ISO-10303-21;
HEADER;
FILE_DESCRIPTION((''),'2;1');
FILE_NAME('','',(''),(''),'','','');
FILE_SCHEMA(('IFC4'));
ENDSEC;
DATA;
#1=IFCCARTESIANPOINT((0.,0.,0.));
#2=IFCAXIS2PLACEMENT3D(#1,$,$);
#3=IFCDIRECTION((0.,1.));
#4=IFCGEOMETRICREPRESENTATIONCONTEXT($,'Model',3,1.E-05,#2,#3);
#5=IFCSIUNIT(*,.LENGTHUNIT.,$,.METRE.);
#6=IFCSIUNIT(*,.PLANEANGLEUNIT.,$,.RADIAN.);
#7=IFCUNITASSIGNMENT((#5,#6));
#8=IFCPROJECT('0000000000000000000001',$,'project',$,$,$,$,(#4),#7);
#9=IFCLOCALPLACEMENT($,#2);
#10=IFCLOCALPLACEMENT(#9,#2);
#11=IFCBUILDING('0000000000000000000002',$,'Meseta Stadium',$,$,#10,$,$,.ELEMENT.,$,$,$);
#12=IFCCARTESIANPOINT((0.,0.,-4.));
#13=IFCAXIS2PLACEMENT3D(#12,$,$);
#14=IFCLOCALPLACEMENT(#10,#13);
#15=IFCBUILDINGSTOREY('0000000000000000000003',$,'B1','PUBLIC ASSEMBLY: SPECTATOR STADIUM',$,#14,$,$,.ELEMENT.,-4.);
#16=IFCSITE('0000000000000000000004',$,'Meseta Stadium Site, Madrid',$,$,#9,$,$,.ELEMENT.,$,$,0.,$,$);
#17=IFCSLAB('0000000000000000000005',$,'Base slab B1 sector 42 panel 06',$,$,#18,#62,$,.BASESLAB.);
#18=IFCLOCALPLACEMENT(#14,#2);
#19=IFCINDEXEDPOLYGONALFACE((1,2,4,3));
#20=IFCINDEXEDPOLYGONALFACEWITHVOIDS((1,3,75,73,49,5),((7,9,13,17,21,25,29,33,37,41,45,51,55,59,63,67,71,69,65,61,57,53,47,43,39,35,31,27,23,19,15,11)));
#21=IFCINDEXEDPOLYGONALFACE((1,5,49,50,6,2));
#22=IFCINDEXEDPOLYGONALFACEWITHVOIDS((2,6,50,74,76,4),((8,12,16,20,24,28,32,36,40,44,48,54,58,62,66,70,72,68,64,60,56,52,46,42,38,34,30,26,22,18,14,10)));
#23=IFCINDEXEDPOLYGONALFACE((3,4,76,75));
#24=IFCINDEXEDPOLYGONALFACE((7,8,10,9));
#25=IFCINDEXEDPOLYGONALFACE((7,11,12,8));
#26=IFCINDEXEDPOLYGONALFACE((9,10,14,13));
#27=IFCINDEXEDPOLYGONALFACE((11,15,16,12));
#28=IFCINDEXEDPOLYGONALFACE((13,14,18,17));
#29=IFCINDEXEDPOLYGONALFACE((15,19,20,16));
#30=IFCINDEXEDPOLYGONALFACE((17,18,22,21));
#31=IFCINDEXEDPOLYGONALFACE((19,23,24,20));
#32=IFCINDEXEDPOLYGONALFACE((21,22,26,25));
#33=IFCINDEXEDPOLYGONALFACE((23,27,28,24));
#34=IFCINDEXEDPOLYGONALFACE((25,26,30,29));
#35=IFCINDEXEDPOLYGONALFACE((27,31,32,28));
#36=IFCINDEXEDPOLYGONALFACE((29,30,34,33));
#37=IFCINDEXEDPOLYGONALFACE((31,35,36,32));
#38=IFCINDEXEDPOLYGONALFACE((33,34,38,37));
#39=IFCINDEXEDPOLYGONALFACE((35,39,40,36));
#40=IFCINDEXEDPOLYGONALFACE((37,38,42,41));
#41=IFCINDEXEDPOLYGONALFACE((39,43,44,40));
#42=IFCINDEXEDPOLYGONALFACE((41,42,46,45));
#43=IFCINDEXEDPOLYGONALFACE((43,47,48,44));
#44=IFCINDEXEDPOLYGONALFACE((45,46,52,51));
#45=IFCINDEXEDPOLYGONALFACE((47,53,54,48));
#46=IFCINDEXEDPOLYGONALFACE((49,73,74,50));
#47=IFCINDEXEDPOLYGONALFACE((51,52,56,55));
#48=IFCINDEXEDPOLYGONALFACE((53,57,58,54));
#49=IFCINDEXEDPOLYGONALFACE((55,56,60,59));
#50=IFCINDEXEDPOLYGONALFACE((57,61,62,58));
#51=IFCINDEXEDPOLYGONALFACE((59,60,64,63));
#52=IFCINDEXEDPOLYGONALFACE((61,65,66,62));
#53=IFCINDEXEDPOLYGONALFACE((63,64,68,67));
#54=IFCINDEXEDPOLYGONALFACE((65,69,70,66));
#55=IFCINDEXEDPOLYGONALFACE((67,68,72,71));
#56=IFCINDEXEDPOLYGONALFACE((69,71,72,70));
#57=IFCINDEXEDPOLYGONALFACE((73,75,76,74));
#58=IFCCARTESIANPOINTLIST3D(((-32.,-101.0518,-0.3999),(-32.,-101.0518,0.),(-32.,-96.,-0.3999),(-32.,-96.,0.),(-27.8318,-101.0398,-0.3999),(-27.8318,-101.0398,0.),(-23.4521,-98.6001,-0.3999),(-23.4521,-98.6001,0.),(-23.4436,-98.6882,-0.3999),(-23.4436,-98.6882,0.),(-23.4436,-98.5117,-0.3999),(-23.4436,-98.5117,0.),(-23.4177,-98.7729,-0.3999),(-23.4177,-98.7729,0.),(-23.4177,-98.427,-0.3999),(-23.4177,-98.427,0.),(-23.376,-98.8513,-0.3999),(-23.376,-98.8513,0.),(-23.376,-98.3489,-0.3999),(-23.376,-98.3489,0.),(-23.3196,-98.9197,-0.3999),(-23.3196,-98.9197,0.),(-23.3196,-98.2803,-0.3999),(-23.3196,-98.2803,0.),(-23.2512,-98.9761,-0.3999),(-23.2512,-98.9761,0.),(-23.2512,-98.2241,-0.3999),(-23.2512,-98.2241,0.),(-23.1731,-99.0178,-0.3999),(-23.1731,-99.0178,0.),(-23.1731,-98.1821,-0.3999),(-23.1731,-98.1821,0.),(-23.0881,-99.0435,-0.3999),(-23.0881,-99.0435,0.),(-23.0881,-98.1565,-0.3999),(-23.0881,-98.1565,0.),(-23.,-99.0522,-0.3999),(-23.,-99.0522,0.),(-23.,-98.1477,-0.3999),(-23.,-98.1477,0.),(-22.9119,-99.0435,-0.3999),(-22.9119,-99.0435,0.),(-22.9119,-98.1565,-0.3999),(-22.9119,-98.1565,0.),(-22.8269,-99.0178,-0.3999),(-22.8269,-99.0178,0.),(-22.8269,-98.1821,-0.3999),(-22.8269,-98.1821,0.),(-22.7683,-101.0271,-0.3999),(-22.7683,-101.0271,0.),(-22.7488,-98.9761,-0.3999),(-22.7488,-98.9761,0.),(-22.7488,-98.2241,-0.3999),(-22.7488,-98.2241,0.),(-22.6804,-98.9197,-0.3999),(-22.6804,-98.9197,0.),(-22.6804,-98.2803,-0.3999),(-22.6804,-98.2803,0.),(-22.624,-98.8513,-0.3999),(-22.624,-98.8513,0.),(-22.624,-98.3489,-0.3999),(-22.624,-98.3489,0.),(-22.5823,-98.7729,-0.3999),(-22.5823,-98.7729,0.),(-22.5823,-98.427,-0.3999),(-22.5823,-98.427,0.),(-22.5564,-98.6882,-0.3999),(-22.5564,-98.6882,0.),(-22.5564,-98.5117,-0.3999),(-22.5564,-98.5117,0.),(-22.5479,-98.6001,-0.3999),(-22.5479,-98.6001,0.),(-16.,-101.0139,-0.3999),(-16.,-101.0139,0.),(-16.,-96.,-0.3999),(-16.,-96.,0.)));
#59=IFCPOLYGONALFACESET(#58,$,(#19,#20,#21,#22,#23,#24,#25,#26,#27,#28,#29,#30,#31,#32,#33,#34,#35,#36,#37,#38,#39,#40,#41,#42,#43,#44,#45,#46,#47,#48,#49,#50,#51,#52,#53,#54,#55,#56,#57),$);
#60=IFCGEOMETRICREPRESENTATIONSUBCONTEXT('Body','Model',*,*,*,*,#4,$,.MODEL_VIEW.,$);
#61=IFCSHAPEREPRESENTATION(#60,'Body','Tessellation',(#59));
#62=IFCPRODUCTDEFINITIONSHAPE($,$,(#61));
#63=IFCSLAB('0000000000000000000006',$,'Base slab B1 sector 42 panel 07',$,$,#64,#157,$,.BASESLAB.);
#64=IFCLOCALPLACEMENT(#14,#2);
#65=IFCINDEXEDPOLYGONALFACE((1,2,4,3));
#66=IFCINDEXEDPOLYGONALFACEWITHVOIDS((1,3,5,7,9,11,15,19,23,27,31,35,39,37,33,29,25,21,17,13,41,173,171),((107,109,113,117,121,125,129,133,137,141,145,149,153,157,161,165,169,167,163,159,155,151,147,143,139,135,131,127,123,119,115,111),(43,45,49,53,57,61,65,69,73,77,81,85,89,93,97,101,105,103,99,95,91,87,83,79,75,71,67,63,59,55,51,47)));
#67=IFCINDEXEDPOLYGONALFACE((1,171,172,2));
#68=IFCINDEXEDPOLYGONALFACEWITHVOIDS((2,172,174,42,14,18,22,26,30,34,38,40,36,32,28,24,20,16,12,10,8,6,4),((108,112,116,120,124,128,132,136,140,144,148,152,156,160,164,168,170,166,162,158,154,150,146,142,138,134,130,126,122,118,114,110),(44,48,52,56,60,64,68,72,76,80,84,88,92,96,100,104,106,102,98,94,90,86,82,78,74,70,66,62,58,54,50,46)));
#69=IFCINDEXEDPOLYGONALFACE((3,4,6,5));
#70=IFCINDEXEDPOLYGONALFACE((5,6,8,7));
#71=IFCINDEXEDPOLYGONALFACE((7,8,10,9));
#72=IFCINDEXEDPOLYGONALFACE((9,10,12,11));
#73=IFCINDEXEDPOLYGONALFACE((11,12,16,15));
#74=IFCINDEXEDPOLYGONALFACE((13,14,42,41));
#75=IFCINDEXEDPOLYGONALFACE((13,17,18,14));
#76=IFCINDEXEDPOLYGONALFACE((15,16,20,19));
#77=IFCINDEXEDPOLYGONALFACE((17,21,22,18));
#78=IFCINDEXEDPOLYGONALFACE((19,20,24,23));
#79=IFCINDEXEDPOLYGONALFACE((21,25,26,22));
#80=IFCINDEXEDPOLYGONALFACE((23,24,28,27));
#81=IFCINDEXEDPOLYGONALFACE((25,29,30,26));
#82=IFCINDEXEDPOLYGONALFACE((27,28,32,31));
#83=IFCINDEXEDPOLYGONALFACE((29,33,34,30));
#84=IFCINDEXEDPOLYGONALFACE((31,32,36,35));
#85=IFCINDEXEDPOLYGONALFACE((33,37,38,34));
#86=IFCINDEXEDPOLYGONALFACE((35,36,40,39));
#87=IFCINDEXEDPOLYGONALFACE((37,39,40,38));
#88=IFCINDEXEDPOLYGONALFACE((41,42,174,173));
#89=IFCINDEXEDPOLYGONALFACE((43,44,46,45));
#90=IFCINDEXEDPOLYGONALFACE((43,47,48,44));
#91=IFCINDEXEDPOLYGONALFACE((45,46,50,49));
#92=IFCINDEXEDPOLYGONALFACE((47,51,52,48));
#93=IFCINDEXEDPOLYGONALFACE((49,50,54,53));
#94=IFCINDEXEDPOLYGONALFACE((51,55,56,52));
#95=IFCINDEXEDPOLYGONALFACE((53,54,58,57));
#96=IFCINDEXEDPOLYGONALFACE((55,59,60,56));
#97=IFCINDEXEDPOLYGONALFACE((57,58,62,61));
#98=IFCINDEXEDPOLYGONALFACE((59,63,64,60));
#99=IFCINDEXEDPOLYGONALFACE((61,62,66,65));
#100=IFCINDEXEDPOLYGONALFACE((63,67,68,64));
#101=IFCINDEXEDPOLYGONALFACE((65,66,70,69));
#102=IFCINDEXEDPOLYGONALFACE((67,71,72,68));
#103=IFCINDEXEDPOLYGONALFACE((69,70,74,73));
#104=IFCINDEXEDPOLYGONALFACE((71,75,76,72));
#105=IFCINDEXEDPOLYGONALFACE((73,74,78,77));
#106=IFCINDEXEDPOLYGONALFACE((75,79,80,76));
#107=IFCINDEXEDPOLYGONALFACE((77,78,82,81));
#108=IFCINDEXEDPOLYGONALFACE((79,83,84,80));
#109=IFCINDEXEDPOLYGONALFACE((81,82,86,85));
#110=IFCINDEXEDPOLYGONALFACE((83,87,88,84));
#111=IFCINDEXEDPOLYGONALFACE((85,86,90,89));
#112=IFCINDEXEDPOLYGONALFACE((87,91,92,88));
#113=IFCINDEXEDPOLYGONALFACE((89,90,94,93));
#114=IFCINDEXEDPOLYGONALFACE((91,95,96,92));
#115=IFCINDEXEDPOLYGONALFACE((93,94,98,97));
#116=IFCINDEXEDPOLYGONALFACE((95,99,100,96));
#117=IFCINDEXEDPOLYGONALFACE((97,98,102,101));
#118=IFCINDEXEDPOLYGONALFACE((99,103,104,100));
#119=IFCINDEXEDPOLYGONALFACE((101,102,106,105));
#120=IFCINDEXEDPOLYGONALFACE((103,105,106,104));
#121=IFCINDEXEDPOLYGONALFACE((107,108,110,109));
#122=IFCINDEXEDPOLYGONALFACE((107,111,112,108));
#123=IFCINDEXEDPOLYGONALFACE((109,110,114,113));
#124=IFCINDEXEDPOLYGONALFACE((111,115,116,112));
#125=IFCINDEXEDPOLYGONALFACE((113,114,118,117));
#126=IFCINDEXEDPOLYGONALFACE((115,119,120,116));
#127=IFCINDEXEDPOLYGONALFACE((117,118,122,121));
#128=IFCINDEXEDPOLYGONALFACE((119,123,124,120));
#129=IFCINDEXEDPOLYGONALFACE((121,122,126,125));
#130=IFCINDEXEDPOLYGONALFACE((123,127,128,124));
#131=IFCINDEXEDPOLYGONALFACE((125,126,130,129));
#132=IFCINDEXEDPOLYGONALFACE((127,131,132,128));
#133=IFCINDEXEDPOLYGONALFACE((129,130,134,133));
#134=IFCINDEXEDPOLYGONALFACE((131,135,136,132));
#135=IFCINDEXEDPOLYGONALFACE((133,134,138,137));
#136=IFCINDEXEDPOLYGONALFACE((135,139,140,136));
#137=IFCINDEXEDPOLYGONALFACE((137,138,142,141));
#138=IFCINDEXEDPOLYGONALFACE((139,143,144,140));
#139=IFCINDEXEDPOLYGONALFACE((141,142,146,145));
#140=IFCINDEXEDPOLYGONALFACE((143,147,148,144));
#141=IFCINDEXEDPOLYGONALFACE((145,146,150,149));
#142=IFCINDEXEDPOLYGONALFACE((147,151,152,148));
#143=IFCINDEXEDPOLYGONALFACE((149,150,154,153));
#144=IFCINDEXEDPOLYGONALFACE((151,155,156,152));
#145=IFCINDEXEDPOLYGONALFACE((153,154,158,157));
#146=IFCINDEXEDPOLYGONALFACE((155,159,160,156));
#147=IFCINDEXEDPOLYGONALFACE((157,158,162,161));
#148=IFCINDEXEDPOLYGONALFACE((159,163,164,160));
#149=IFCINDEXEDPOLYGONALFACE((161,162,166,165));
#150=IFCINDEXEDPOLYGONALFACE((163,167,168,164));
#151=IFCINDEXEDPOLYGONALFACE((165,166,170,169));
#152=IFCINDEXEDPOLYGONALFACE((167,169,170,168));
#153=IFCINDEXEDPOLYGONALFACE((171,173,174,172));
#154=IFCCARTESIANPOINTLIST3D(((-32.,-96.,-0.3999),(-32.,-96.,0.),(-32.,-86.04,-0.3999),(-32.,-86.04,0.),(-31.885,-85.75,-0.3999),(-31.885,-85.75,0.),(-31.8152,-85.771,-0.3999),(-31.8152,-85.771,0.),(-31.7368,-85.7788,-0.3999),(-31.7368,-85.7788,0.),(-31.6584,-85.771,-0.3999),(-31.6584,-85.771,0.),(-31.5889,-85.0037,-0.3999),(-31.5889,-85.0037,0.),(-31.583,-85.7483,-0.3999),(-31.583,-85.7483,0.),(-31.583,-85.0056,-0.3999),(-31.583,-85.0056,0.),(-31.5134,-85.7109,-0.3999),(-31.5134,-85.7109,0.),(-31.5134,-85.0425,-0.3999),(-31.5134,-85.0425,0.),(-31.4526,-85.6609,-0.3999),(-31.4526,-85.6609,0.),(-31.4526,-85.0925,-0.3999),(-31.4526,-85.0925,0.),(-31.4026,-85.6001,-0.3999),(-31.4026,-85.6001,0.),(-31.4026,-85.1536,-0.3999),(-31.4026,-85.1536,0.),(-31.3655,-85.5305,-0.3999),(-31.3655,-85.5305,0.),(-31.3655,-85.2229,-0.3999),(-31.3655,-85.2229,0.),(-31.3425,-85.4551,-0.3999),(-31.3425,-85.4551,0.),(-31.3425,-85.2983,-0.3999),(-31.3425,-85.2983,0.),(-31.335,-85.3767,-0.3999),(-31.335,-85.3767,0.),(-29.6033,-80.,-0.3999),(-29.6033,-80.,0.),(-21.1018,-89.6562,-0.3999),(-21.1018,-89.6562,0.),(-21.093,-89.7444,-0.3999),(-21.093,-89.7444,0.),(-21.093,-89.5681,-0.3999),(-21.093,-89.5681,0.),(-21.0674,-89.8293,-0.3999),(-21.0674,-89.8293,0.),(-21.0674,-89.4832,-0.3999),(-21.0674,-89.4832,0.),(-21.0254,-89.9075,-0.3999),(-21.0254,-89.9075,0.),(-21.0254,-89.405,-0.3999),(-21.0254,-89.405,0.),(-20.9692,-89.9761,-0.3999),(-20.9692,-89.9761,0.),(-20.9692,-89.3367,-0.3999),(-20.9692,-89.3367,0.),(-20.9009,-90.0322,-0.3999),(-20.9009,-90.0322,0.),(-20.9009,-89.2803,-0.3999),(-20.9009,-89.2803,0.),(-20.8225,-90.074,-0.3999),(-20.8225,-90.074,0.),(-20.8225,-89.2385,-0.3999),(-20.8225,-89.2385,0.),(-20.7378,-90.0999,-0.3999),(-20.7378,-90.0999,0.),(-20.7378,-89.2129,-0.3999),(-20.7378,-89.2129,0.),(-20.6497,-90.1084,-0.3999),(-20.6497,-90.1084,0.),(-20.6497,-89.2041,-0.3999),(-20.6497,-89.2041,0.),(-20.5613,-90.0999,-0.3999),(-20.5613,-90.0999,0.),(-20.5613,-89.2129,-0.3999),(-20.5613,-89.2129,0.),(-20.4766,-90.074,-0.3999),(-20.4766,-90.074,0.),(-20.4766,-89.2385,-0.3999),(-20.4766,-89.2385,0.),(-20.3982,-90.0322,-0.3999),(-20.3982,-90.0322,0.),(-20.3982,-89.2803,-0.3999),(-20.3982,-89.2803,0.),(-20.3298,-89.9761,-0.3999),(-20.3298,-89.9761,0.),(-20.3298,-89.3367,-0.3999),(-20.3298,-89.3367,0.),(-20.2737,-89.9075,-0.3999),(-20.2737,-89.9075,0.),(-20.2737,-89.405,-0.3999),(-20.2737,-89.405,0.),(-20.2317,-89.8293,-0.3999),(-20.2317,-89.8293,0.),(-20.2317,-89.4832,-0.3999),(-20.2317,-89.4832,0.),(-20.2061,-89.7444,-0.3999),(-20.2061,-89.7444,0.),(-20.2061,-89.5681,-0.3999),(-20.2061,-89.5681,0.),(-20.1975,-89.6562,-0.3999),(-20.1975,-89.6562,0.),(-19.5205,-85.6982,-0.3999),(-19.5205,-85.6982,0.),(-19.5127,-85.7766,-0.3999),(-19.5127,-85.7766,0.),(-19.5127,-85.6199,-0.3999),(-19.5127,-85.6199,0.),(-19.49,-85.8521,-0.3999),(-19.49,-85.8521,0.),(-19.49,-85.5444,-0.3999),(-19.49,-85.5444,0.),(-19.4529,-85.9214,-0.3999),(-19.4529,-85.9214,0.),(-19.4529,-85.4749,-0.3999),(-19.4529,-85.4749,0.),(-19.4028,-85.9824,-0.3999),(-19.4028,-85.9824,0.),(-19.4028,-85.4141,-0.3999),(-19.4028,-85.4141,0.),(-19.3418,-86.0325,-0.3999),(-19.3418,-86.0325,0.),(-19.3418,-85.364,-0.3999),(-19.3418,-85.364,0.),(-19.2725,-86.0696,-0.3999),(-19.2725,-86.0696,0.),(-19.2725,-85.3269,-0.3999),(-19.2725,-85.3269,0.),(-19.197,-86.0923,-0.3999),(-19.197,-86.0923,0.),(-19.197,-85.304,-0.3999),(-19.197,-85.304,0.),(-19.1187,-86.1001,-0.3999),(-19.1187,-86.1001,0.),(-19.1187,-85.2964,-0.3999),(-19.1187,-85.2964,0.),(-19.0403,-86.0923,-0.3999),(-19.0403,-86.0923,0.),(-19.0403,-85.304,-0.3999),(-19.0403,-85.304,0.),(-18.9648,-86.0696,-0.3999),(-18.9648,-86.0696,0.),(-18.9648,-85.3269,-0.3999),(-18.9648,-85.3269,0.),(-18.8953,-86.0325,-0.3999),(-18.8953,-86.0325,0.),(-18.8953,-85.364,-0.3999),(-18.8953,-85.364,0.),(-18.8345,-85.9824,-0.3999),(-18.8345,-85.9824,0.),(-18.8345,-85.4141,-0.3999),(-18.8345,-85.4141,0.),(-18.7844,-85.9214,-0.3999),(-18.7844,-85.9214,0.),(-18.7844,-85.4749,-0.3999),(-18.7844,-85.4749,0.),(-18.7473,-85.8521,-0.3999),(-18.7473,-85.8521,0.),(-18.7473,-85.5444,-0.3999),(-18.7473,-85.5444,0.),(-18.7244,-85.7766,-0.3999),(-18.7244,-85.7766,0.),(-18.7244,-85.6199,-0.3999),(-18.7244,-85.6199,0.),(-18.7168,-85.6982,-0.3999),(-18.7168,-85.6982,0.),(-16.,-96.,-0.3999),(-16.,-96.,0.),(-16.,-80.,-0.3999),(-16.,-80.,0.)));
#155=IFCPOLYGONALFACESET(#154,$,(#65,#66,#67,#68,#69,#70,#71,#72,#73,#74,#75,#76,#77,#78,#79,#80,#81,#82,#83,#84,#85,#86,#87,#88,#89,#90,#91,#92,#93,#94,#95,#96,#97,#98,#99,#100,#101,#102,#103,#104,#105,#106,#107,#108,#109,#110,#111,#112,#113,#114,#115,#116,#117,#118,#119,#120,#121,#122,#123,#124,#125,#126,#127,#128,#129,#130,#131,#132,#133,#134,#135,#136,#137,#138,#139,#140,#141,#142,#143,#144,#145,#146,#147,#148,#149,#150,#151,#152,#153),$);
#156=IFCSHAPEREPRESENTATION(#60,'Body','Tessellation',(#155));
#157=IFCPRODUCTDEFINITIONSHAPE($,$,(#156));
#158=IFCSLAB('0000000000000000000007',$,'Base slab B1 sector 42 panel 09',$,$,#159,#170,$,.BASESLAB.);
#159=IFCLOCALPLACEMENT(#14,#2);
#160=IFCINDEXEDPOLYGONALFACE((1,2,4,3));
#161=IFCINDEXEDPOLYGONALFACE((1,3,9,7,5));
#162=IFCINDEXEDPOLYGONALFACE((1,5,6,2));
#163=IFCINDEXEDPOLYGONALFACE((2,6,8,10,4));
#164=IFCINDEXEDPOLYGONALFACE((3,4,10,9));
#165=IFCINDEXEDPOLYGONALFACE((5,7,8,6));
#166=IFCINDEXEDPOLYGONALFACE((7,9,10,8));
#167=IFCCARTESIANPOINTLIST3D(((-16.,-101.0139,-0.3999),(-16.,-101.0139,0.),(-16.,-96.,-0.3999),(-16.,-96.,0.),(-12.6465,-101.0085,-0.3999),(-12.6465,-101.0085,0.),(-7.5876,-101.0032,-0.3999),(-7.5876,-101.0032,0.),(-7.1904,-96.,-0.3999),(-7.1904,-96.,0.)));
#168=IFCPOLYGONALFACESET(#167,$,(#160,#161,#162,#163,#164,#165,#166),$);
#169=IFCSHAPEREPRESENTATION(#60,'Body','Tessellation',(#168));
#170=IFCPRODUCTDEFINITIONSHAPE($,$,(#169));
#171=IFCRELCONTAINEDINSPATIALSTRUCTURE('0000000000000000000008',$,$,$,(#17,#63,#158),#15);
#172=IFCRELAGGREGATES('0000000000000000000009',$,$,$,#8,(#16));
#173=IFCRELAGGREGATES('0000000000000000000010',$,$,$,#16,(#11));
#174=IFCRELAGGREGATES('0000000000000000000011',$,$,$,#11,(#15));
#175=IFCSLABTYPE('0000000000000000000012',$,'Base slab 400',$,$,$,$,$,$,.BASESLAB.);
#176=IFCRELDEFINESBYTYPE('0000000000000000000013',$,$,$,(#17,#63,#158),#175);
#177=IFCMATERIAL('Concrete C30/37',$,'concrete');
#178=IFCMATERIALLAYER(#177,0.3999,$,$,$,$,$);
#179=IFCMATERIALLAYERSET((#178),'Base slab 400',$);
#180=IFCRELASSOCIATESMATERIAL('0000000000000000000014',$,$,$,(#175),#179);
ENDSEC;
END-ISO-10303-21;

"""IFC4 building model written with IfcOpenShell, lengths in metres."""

from ifc_helpers import new_model, si_unit, direction, frame, origin, place, context, subcontext, project, spatial, polyline, outline, extrude, material, layer, layer_set, type_object, element, save


model = new_model("IFC4")

# Units and contexts
model_context = context("Model", 3, precision=1e-05, world=origin(), true_north=direction((0.0, 1.0)))
body_context = subcontext(model_context, "Body", "Model", "MODEL_VIEW")
ifc_project = project(units=[si_unit("LENGTHUNIT", "METRE"), si_unit("PLANEANGLEUNIT", "RADIAN")], contexts=[model_context])

# Site, building, storey
site_placement = place(None, origin())
site = spatial("IfcSite", under=ifc_project, at=site_placement, Name="Meseta Stadium Site, Madrid", CompositionType="ELEMENT", RefElevation=0.0)
building_placement = place(site_placement, origin())
building = spatial("IfcBuilding", under=site, at=building_placement, Name="Meseta Stadium", CompositionType="ELEMENT")
storey_placement = place(building_placement, frame((0.0, 0.0, -4.0)))
storey = spatial("IfcBuildingStorey", under=building, at=storey_placement, Name="B1", Description="PUBLIC ASSEMBLY: SPECTATOR STADIUM", CompositionType="ELEMENT", Elevation=-4.0)

# Slabs
ifc_material = material(Name="Concrete C30/37", Category="concrete")
ifc_layer = layer(ifc_material, 0.3999)
ifc_layer_set = layer_set([ifc_layer], Name="Base slab 400")
slab_type = type_object("IfcSlabType", Name="Base slab 400", PredefinedType="BASESLAB", material=ifc_layer_set)
slab_1_placement = place(storey_placement, frame((0.0, 0.0, -0.3999)))
element("IfcSlab", 1, at=slab_1_placement, inside=storey, type_object=slab_type, Name="Base slab B1 sector 42 panel 06", PredefinedType="BASESLAB", context=body_context, shape_type="SweptSolid", body=[
    extrude(outline(polyline([(-32.0, -96.0), (-32.0, -101.0518), (-27.8318, -101.0398), (-22.7683, -101.0271), (-16.0, -101.0139), (-16.0, -96.0), (-32.0, -96.0)]), holes=[polyline([(-22.6804, -98.9197), (-22.7488, -98.9761), (-22.8269, -99.0178), (-22.9119, -99.0435), (-23.0, -99.0522), (-23.0881, -99.0435), (-23.1731, -99.0178), (-23.2512, -98.9761), (-23.3196, -98.9197), (-23.376, -98.8513), (-23.4177, -98.7729), (-23.4436, -98.6882), (-23.4521, -98.6001), (-23.4436, -98.5117), (-23.4177, -98.427), (-23.376, -98.3489), (-23.3196, -98.2803), (-23.2512, -98.2241), (-23.1731, -98.1821), (-23.0881, -98.1565), (-23.0, -98.1477), (-22.9119, -98.1565), (-22.8269, -98.1821), (-22.7488, -98.2241), (-22.6804, -98.2803), (-22.624, -98.3489), (-22.5823, -98.427), (-22.5564, -98.5117), (-22.5479, -98.6001), (-22.5564, -98.6882), (-22.5823, -98.7729), (-22.624, -98.8513), (-22.6804, -98.9197)])]), origin(), (0.0, 0.0, 1.0), 0.3999),
])
slab_2_placement = place(storey_placement, frame((0.0, 0.0, -0.3999)))
element("IfcSlab", 2, at=slab_2_placement, inside=storey, type_object=slab_type, Name="Base slab B1 sector 42 panel 07", PredefinedType="BASESLAB", context=body_context, shape_type="SweptSolid", body=[
    extrude(outline(polyline([(-31.583, -85.7483), (-31.6584, -85.771), (-31.7368, -85.7788), (-31.8152, -85.771), (-31.885, -85.75), (-32.0, -86.04), (-32.0, -96.0), (-16.0, -96.0), (-16.0, -80.0), (-29.6033, -80.0), (-31.5889, -85.0037), (-31.583, -85.0056), (-31.5134, -85.0425), (-31.4526, -85.0925), (-31.4026, -85.1536), (-31.3655, -85.2229), (-31.3425, -85.2983), (-31.335, -85.3767), (-31.3425, -85.4551), (-31.3655, -85.5305), (-31.4026, -85.6001), (-31.4526, -85.6609), (-31.5134, -85.7109), (-31.583, -85.7483)]), holes=[polyline([(-19.1187, -85.2964), (-19.0403, -85.304), (-18.9648, -85.3269), (-18.8953, -85.364), (-18.8345, -85.4141), (-18.7844, -85.4749), (-18.7473, -85.5444), (-18.7244, -85.6199), (-18.7168, -85.6982), (-18.7244, -85.7766), (-18.7473, -85.8521), (-18.7844, -85.9214), (-18.8345, -85.9824), (-18.8953, -86.0325), (-18.9648, -86.0696), (-19.0403, -86.0923), (-19.1187, -86.1001), (-19.197, -86.0923), (-19.2725, -86.0696), (-19.3418, -86.0325), (-19.4028, -85.9824), (-19.4529, -85.9214), (-19.49, -85.8521), (-19.5127, -85.7766), (-19.5205, -85.6982), (-19.5127, -85.6199), (-19.49, -85.5444), (-19.4529, -85.4749), (-19.4028, -85.4141), (-19.3418, -85.364), (-19.2725, -85.3269), (-19.197, -85.304), (-19.1187, -85.2964)]), polyline([(-20.3298, -89.9761), (-20.3982, -90.0322), (-20.4766, -90.074), (-20.5613, -90.0999), (-20.6497, -90.1084), (-20.7378, -90.0999), (-20.8225, -90.074), (-20.9009, -90.0322), (-20.9692, -89.9761), (-21.0254, -89.9075), (-21.0674, -89.8293), (-21.093, -89.7444), (-21.1018, -89.6562), (-21.093, -89.5681), (-21.0674, -89.4832), (-21.0254, -89.405), (-20.9692, -89.3367), (-20.9009, -89.2803), (-20.8225, -89.2385), (-20.7378, -89.2129), (-20.6497, -89.2041), (-20.5613, -89.2129), (-20.4766, -89.2385), (-20.3982, -89.2803), (-20.3298, -89.3367), (-20.2737, -89.405), (-20.2317, -89.4832), (-20.2061, -89.5681), (-20.1975, -89.6562), (-20.2061, -89.7444), (-20.2317, -89.8293), (-20.2737, -89.9075), (-20.3298, -89.9761)])]), origin(), (0.0, 0.0, 1.0), 0.3999),
])
slab_3_placement = place(storey_placement, frame((0.0, 0.0, -0.3999)))
element("IfcSlab", 3, at=slab_3_placement, inside=storey, type_object=slab_type, Name="Base slab B1 sector 42 panel 09", PredefinedType="BASESLAB", context=body_context, shape_type="SweptSolid", body=[
    extrude(outline(polyline([(-12.6465, -101.0085), (-7.5876, -101.0032), (-7.1904, -96.0), (-16.0, -96.0), (-16.0, -101.0139), (-12.6465, -101.0085)])), origin(), (0.0, 0.0, 1.0), 0.3999),
])

save(model, "model.ifc")
